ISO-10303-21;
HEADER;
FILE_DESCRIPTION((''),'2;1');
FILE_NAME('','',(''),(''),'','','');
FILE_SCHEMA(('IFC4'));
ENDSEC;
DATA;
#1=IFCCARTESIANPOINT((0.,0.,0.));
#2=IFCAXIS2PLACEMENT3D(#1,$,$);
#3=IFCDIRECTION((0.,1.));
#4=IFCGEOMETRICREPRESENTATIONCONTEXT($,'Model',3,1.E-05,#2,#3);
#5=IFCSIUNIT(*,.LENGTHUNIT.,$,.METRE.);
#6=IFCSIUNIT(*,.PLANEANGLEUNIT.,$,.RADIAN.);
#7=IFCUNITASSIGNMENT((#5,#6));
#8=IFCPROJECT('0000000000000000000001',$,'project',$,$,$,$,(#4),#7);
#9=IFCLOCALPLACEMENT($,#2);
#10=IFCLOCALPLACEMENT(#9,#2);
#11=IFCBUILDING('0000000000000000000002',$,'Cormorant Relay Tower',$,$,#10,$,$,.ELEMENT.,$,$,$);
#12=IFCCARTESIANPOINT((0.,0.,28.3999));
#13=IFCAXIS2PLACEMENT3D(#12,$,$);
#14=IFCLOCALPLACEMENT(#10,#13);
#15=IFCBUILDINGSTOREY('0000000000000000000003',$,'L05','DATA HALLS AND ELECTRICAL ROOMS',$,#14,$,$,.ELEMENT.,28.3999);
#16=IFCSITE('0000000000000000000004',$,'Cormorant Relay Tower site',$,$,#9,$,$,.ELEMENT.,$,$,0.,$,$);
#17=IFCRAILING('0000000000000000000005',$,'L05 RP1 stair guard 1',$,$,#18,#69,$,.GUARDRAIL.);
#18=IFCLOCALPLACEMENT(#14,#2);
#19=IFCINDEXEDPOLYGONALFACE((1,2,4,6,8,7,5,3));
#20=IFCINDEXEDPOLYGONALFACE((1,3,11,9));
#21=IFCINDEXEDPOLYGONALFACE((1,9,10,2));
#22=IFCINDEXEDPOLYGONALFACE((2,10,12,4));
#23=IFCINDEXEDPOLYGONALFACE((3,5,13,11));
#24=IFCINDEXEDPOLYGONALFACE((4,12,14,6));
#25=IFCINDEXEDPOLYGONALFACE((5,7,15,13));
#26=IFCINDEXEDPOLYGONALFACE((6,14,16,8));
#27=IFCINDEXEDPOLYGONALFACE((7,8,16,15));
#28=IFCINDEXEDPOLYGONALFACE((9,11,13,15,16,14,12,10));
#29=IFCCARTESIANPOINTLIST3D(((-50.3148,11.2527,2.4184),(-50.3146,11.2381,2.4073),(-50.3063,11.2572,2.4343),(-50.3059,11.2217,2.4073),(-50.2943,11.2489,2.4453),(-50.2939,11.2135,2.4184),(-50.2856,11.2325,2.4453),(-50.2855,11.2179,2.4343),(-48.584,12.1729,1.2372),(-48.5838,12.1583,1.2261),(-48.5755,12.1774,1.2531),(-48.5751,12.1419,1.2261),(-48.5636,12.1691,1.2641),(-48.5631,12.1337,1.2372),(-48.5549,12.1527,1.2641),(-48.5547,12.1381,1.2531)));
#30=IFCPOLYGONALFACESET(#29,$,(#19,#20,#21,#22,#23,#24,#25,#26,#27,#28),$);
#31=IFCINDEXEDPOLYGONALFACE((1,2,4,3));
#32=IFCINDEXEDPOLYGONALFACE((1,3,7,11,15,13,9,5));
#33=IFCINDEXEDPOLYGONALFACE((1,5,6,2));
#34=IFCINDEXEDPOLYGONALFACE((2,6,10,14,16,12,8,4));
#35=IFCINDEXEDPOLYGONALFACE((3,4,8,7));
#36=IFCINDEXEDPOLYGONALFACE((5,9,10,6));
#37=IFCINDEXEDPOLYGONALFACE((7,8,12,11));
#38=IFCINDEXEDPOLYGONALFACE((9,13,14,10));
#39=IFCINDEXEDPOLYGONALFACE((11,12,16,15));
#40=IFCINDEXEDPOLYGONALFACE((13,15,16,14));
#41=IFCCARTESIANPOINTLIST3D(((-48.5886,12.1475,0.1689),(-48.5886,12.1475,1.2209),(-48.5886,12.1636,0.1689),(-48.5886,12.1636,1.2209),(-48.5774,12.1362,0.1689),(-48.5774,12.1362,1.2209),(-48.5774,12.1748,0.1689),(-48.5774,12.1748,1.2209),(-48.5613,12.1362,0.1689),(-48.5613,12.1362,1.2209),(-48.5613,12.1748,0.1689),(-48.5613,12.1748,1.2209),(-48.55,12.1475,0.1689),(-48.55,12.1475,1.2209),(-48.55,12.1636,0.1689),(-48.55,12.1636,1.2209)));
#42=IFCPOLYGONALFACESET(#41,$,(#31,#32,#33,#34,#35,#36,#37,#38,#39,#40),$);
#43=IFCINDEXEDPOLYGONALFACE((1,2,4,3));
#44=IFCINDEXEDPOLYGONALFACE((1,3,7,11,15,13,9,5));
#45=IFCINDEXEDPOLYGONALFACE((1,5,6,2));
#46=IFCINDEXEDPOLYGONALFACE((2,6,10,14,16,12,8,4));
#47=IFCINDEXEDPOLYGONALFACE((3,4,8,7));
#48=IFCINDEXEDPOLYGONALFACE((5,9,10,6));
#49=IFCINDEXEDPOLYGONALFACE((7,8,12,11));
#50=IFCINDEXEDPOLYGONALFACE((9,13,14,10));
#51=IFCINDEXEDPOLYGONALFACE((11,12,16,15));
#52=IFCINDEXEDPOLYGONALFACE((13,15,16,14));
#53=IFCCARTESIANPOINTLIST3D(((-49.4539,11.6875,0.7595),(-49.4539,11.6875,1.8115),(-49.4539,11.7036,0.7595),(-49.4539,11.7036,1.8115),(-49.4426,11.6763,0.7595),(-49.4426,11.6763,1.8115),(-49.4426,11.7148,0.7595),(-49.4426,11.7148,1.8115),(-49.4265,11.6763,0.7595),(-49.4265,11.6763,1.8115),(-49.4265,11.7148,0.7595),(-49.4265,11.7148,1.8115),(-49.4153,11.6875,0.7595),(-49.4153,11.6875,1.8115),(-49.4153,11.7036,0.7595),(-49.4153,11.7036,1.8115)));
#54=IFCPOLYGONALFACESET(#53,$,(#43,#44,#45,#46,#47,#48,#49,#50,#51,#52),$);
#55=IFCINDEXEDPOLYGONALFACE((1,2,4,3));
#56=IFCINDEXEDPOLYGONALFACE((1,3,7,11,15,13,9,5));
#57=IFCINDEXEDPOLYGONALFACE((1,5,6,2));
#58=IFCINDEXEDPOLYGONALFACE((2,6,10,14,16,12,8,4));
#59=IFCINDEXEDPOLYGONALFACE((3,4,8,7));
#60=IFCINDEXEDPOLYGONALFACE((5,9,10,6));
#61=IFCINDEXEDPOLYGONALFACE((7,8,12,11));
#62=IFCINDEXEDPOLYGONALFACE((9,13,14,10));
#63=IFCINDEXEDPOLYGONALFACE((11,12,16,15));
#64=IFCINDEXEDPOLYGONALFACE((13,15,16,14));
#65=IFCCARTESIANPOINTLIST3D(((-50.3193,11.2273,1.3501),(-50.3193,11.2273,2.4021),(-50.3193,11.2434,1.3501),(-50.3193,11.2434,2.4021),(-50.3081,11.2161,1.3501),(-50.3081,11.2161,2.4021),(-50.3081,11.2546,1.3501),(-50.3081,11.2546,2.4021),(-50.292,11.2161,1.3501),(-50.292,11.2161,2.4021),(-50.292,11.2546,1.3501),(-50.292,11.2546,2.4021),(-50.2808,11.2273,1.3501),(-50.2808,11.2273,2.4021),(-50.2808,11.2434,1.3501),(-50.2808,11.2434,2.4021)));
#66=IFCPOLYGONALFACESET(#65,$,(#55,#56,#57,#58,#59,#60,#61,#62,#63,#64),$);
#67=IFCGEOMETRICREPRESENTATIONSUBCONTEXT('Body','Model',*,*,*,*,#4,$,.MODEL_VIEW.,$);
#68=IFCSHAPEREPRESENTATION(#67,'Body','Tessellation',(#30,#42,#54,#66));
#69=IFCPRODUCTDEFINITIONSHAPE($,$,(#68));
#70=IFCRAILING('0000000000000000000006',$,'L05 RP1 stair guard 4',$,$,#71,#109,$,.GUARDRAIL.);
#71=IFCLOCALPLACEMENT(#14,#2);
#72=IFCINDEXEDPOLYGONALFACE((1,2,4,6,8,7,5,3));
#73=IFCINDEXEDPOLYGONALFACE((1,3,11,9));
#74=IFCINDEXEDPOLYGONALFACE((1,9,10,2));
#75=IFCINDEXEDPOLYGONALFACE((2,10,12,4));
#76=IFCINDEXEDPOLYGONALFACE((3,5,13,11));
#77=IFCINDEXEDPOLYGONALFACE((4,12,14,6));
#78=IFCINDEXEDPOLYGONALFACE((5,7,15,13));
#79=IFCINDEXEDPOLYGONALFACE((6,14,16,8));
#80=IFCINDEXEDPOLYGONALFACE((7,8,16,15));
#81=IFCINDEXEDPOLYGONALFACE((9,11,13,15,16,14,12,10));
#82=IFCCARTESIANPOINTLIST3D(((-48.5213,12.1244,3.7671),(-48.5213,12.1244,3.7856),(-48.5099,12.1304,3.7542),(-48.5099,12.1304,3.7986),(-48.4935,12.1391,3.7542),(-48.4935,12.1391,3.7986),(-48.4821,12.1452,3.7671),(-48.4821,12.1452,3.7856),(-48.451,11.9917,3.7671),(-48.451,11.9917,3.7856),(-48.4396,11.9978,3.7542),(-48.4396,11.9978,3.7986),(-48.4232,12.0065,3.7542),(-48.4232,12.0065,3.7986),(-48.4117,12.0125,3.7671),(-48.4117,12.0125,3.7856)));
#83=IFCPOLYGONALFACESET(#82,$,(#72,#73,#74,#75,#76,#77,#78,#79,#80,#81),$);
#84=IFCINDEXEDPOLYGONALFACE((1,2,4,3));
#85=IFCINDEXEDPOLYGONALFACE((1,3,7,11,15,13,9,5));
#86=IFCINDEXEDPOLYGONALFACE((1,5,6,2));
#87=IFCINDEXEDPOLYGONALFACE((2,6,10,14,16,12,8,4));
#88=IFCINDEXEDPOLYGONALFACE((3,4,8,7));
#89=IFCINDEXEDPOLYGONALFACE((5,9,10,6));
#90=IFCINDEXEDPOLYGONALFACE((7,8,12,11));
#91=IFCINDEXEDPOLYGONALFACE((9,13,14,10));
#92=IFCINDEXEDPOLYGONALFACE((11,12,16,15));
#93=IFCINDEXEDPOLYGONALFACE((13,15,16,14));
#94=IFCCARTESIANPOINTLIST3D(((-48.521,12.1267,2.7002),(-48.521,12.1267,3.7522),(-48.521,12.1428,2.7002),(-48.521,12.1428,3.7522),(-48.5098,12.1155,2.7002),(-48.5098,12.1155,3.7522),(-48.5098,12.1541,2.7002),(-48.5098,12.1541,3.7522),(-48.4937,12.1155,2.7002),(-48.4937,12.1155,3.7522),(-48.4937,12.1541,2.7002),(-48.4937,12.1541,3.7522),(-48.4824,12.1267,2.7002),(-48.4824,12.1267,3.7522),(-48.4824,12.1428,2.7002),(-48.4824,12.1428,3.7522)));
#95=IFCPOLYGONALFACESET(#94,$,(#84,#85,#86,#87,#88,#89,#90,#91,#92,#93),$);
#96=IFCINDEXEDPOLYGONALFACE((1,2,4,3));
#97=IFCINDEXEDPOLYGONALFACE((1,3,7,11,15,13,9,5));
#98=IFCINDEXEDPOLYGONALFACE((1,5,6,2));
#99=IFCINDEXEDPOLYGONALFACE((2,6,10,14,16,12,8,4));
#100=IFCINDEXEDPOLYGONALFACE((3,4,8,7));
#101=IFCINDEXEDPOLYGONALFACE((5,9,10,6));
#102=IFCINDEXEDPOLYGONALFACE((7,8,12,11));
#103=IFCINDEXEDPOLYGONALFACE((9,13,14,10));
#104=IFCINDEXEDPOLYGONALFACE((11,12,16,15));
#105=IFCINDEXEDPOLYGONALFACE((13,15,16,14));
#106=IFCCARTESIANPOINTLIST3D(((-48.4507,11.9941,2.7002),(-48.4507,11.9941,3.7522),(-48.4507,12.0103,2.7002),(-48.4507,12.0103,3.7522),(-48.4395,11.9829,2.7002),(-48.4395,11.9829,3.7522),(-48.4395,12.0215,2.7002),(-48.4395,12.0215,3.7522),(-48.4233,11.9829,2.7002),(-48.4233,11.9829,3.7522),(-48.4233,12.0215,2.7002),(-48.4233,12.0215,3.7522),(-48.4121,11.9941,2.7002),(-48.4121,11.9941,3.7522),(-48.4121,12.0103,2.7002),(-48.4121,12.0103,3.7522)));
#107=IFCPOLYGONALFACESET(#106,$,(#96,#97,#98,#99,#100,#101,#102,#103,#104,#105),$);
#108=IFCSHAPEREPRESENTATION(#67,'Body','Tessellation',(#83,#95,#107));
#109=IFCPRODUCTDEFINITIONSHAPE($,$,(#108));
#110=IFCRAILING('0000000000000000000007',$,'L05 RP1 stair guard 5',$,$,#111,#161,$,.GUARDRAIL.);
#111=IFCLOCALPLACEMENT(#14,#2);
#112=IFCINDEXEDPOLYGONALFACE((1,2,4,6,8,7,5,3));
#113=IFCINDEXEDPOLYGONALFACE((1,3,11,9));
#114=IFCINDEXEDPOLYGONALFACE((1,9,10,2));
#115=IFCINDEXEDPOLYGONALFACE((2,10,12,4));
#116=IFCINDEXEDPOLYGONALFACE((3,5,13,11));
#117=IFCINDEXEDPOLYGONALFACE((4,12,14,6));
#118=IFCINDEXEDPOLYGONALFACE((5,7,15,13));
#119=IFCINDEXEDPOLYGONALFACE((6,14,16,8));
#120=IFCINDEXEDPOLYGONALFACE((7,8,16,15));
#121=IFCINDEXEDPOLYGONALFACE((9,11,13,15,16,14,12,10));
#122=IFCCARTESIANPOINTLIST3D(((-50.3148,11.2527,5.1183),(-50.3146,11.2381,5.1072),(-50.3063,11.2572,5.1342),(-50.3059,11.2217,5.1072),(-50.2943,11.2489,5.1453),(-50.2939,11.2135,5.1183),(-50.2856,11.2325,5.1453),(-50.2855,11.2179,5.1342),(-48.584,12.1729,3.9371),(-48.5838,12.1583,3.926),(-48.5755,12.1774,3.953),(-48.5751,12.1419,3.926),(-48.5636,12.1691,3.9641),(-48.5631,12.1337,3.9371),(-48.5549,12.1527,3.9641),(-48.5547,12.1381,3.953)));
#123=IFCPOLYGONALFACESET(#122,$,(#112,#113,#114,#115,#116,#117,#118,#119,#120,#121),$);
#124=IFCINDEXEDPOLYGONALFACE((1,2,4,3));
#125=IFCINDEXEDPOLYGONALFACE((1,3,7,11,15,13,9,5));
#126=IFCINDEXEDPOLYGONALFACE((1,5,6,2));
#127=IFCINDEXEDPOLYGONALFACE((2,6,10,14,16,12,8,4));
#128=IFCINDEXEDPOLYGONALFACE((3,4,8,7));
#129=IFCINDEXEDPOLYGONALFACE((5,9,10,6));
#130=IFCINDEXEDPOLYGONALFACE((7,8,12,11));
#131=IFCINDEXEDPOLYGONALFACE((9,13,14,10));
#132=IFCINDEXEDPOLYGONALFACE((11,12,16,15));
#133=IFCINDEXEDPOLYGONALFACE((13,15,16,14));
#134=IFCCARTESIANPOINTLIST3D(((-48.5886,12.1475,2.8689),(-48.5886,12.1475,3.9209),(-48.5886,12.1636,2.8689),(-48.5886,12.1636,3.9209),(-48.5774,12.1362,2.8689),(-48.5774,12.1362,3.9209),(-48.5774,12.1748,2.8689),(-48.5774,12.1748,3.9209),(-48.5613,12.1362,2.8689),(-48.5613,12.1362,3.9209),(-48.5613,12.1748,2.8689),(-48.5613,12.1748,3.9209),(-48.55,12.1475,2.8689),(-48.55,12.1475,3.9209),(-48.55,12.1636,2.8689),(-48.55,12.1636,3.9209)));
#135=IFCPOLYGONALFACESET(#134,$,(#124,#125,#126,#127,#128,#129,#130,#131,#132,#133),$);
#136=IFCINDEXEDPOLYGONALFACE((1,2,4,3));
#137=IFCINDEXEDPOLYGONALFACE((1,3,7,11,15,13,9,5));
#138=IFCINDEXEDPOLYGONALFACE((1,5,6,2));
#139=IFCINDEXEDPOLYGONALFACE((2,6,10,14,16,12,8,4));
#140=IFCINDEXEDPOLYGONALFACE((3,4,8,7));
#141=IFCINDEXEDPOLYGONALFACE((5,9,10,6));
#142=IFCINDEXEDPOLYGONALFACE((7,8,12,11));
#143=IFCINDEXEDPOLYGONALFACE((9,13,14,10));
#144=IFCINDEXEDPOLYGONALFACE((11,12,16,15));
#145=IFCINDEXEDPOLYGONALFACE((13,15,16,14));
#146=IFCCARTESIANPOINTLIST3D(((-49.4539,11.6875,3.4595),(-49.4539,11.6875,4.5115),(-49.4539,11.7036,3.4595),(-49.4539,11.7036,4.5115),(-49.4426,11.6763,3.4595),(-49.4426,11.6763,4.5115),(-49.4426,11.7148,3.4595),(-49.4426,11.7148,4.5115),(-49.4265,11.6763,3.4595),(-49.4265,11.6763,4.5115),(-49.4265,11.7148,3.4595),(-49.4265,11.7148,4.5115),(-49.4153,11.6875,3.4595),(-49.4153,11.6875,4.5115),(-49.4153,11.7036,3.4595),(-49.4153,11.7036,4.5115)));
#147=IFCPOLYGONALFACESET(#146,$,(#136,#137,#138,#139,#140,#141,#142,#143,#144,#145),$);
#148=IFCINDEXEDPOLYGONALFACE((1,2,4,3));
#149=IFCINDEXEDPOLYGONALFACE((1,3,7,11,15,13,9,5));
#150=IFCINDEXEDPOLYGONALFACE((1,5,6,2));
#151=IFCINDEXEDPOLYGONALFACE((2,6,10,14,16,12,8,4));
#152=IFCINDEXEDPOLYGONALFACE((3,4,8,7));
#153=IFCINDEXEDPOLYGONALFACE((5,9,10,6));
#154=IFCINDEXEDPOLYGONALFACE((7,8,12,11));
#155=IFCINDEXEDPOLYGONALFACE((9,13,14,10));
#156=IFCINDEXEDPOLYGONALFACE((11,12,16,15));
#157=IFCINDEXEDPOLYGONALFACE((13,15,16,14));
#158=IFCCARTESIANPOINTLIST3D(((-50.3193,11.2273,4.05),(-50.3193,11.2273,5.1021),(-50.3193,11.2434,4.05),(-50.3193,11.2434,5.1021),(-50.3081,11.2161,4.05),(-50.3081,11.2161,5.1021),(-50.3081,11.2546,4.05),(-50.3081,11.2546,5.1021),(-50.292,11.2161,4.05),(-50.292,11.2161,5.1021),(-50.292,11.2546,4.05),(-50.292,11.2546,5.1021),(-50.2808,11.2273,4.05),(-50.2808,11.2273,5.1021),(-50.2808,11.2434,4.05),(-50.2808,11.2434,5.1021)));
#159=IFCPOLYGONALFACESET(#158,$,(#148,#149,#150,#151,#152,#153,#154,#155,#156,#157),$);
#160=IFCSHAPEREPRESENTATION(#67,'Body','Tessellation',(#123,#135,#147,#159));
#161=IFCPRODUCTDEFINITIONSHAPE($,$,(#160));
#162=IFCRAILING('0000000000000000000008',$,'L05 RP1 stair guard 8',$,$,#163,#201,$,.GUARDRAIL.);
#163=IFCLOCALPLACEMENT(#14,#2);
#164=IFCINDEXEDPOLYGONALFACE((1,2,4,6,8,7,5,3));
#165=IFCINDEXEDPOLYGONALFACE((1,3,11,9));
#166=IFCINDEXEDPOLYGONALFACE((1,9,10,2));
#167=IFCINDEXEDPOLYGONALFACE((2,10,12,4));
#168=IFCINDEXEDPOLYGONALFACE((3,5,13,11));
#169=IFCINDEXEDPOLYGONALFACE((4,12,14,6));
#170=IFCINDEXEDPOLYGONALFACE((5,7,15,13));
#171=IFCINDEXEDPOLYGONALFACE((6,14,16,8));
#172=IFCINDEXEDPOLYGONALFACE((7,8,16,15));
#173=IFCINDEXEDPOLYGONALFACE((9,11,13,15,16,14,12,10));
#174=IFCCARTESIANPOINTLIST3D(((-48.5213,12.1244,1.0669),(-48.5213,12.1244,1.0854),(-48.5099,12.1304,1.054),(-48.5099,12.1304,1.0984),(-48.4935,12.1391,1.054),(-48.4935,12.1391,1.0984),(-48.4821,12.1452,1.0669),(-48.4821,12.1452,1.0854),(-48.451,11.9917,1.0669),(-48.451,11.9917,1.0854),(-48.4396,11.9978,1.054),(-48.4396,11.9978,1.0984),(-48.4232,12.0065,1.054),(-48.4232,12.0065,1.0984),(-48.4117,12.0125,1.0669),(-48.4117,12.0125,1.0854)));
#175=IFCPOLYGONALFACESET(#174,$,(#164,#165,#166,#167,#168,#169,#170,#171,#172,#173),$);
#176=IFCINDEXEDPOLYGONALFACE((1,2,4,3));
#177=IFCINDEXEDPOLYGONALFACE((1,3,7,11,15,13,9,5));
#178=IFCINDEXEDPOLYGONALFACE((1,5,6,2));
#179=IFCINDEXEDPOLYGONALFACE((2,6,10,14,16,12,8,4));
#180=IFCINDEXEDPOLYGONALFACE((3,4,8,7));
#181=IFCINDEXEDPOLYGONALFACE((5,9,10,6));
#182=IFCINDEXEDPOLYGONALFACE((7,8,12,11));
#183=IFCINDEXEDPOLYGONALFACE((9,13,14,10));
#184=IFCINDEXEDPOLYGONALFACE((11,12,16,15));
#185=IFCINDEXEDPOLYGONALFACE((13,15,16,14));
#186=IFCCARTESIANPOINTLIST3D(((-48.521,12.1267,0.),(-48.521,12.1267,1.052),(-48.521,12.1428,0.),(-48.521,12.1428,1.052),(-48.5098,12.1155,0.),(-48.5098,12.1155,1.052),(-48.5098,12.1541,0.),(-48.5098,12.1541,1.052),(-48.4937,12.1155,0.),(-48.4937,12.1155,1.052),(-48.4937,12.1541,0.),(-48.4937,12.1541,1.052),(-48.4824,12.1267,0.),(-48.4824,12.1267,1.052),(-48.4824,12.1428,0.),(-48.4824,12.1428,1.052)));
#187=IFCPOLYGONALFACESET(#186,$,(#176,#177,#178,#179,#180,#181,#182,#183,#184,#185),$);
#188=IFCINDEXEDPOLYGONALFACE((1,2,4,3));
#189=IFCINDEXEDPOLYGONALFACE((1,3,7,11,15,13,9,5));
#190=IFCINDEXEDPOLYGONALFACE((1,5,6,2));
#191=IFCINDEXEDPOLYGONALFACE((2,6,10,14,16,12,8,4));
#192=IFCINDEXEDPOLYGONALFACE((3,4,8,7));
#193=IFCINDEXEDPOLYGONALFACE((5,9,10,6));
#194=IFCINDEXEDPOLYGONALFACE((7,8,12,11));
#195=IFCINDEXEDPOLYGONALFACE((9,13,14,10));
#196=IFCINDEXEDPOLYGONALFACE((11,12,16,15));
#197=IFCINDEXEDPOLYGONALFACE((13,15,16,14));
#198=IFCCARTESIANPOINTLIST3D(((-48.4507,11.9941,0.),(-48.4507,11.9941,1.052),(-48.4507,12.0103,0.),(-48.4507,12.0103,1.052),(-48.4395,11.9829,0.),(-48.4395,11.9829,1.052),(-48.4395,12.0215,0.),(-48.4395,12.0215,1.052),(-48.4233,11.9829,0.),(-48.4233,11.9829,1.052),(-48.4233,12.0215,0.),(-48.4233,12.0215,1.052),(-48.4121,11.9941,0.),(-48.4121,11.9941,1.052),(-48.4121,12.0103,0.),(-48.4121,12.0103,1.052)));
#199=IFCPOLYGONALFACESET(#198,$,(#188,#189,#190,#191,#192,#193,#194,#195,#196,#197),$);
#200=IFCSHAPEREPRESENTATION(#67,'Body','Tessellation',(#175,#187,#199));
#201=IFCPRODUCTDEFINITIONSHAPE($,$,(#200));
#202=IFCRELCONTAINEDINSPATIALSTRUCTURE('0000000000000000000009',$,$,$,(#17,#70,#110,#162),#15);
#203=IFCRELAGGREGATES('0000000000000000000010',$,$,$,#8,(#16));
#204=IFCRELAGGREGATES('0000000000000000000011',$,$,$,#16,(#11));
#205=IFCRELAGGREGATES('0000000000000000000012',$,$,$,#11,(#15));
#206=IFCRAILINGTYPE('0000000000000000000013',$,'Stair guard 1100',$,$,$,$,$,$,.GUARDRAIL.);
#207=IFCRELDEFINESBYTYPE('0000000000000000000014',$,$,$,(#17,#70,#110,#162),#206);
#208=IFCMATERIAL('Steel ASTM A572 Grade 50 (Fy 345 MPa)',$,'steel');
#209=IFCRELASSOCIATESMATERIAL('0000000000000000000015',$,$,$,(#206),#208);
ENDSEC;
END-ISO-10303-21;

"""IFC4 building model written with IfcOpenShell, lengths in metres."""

from ifc_helpers import new_model, si_unit, direction, frame, origin, place, context, subcontext, project, spatial, polyline, outline, extrude, material, type_object, element, save


model = new_model("IFC4")

# Units and contexts
model_context = context("Model", 3, precision=1e-05, world=origin(), true_north=direction((0.0, 1.0)))
body_context = subcontext(model_context, "Body", "Model", "MODEL_VIEW")
ifc_project = project(units=[si_unit("LENGTHUNIT", "METRE"), si_unit("PLANEANGLEUNIT", "RADIAN")], contexts=[model_context])

# Site, building, storey
site_placement = place(None, origin())
site = spatial("IfcSite", under=ifc_project, at=site_placement, Name="Cormorant Relay Tower site", CompositionType="ELEMENT", RefElevation=0.0)
building_placement = place(site_placement, origin())
building = spatial("IfcBuilding", under=site, at=building_placement, Name="Cormorant Relay Tower", CompositionType="ELEMENT")
storey_placement = place(building_placement, frame((0.0, 0.0, 28.3999)))
storey = spatial("IfcBuildingStorey", under=building, at=storey_placement, Name="L05", Description="DATA HALLS AND ELECTRICAL ROOMS", CompositionType="ELEMENT", Elevation=28.3999)

# Railings
ifc_material_1 = material(Name="Steel ASTM A572 Grade 50 (Fy 345 MPa)", Category="steel")
railing_type_1 = type_object("IfcRailingType", Name="Stair guard 1100", PredefinedType="GUARDRAIL", material=ifc_material_1)
railing_1_placement = place(storey_placement, frame((-48.5693, 12.1555, 0.1689)))
element("IfcRailing", 1, at=railing_1_placement, inside=storey, type_object=railing_type_1, Name="L05 RP1 stair guard 1", PredefinedType="GUARDRAIL", context=body_context, shape_type="SweptSolid", body=[
    extrude(outline(polyline([(0.0222, 0.0093), (0.0093, 0.0222), (-0.0093, 0.0222), (-0.0222, 0.0093), (-0.0222, -0.0093), (-0.0093, -0.0222), (0.0093, -0.0222), (0.0222, -0.0093), (0.0222, 0.0093)])), frame((0.0, 0.0, 1.0762), z_axis=(-0.756268, -0.402084, 0.516127), x_axis=(0.469444, -0.882962, 0.0)), (0.0, 0.0, 1.0), 2.2886),
    extrude(outline(polyline([(0.0193, 0.0081), (0.0081, 0.0193), (-0.0081, 0.0193), (-0.0193, 0.0081), (-0.0193, -0.0081), (-0.0081, -0.0193), (0.0081, -0.0193), (0.0193, -0.0081), (0.0193, 0.0081)])), origin(), (0.0, 0.0, 1.0), 1.052),
    extrude(outline(polyline([(0.0193, 0.0081), (0.0081, 0.0193), (-0.0081, 0.0193), (-0.0193, 0.0081), (-0.0193, -0.0081), (-0.0081, -0.0193), (0.0081, -0.0193), (0.0193, -0.0081), (0.0193, 0.0081)])), frame((-0.8652, -0.46, 0.5906)), (0.0, 0.0, 1.0), 1.052),
    extrude(outline(polyline([(0.0193, 0.0081), (0.0081, 0.0193), (-0.0081, 0.0193), (-0.0193, 0.0081), (-0.0193, -0.0081), (-0.0081, -0.0193), (0.0081, -0.0193), (0.0193, -0.0081), (0.0193, 0.0081)])), frame((-1.7307, -0.9202, 1.1812)), (0.0, 0.0, 1.0), 1.052),
])
railing_2_placement = place(storey_placement, frame((-48.5017, 12.1348, 2.7002)))
element("IfcRailing", 2, at=railing_2_placement, inside=storey, type_object=railing_type_1, Name="L05 RP1 stair guard 4", PredefinedType="GUARDRAIL", context=body_context, shape_type="SweptSolid", body=[
    extrude(outline(polyline([(0.0222, 0.0093), (0.0093, 0.0222), (-0.0093, 0.0222), (-0.0222, 0.0093), (-0.0222, -0.0093), (-0.0093, -0.0222), (0.0093, -0.0222), (0.0222, -0.0093), (0.0222, 0.0093)])), frame((0.0, 0.0, 1.0762), z_axis=(0.46856, -0.883431, 0.0), x_axis=(0.883431, 0.46856, 0.0)), (0.0, 0.0, 1.0), 0.1501),
    extrude(outline(polyline([(0.0193, 0.0081), (0.0081, 0.0193), (-0.0081, 0.0193), (-0.0193, 0.0081), (-0.0193, -0.0081), (-0.0081, -0.0193), (0.0081, -0.0193), (0.0193, -0.0081), (0.0193, 0.0081)])), origin(), (0.0, 0.0, 1.0), 1.052),
    extrude(outline(polyline([(0.0193, 0.0081), (0.0081, 0.0193), (-0.0081, 0.0193), (-0.0193, 0.0081), (-0.0193, -0.0081), (-0.0081, -0.0193), (0.0081, -0.0193), (0.0193, -0.0081), (0.0193, 0.0081)])), frame((0.0703, -0.1326, 0.0)), (0.0, 0.0, 1.0), 1.052),
])
railing_3_placement = place(storey_placement, frame((-48.5693, 12.1555, 2.8689)))
element("IfcRailing", 3, at=railing_3_placement, inside=storey, type_object=railing_type_1, Name="L05 RP1 stair guard 5", PredefinedType="GUARDRAIL", context=body_context, shape_type="SweptSolid", body=[
    extrude(outline(polyline([(0.0222, 0.0093), (0.0093, 0.0222), (-0.0093, 0.0222), (-0.0222, 0.0093), (-0.0222, -0.0093), (-0.0093, -0.0222), (0.0093, -0.0222), (0.0222, -0.0093), (0.0222, 0.0093)])), frame((0.0, 0.0, 1.0762), z_axis=(-0.756268, -0.402084, 0.516127), x_axis=(0.469444, -0.882962, 0.0)), (0.0, 0.0, 1.0), 2.2886),
    extrude(outline(polyline([(0.0193, 0.0081), (0.0081, 0.0193), (-0.0081, 0.0193), (-0.0193, 0.0081), (-0.0193, -0.0081), (-0.0081, -0.0193), (0.0081, -0.0193), (0.0193, -0.0081), (0.0193, 0.0081)])), origin(), (0.0, 0.0, 1.0), 1.052),
    extrude(outline(polyline([(0.0193, 0.0081), (0.0081, 0.0193), (-0.0081, 0.0193), (-0.0193, 0.0081), (-0.0193, -0.0081), (-0.0081, -0.0193), (0.0081, -0.0193), (0.0193, -0.0081), (0.0193, 0.0081)])), frame((-0.8652, -0.46, 0.5906)), (0.0, 0.0, 1.0), 1.052),
    extrude(outline(polyline([(0.0193, 0.0081), (0.0081, 0.0193), (-0.0081, 0.0193), (-0.0193, 0.0081), (-0.0193, -0.0081), (-0.0081, -0.0193), (0.0081, -0.0193), (0.0193, -0.0081), (0.0193, 0.0081)])), frame((-1.7307, -0.9202, 1.1812)), (0.0, 0.0, 1.0), 1.052),
])
railing_4_placement = place(storey_placement, frame((-48.5017, 12.1348, 0.0)))
element("IfcRailing", 4, at=railing_4_placement, inside=storey, type_object=railing_type_1, Name="L05 RP1 stair guard 8", PredefinedType="GUARDRAIL", context=body_context, shape_type="SweptSolid", body=[
    extrude(outline(polyline([(0.0222, 0.0093), (0.0093, 0.0222), (-0.0093, 0.0222), (-0.0222, 0.0093), (-0.0222, -0.0093), (-0.0093, -0.0222), (0.0093, -0.0222), (0.0222, -0.0093), (0.0222, 0.0093)])), frame((0.0, 0.0, 1.0762), z_axis=(0.46856, -0.883431, 0.0), x_axis=(0.883431, 0.46856, 0.0)), (0.0, 0.0, 1.0), 0.1501),
    extrude(outline(polyline([(0.0193, 0.0081), (0.0081, 0.0193), (-0.0081, 0.0193), (-0.0193, 0.0081), (-0.0193, -0.0081), (-0.0081, -0.0193), (0.0081, -0.0193), (0.0193, -0.0081), (0.0193, 0.0081)])), origin(), (0.0, 0.0, 1.0), 1.052),
    extrude(outline(polyline([(0.0193, 0.0081), (0.0081, 0.0193), (-0.0081, 0.0193), (-0.0193, 0.0081), (-0.0193, -0.0081), (-0.0081, -0.0193), (0.0081, -0.0193), (0.0193, -0.0081), (0.0193, 0.0081)])), frame((0.0703, -0.1326, 0.0)), (0.0, 0.0, 1.0), 1.052),
])

save(model, "model.ifc")
